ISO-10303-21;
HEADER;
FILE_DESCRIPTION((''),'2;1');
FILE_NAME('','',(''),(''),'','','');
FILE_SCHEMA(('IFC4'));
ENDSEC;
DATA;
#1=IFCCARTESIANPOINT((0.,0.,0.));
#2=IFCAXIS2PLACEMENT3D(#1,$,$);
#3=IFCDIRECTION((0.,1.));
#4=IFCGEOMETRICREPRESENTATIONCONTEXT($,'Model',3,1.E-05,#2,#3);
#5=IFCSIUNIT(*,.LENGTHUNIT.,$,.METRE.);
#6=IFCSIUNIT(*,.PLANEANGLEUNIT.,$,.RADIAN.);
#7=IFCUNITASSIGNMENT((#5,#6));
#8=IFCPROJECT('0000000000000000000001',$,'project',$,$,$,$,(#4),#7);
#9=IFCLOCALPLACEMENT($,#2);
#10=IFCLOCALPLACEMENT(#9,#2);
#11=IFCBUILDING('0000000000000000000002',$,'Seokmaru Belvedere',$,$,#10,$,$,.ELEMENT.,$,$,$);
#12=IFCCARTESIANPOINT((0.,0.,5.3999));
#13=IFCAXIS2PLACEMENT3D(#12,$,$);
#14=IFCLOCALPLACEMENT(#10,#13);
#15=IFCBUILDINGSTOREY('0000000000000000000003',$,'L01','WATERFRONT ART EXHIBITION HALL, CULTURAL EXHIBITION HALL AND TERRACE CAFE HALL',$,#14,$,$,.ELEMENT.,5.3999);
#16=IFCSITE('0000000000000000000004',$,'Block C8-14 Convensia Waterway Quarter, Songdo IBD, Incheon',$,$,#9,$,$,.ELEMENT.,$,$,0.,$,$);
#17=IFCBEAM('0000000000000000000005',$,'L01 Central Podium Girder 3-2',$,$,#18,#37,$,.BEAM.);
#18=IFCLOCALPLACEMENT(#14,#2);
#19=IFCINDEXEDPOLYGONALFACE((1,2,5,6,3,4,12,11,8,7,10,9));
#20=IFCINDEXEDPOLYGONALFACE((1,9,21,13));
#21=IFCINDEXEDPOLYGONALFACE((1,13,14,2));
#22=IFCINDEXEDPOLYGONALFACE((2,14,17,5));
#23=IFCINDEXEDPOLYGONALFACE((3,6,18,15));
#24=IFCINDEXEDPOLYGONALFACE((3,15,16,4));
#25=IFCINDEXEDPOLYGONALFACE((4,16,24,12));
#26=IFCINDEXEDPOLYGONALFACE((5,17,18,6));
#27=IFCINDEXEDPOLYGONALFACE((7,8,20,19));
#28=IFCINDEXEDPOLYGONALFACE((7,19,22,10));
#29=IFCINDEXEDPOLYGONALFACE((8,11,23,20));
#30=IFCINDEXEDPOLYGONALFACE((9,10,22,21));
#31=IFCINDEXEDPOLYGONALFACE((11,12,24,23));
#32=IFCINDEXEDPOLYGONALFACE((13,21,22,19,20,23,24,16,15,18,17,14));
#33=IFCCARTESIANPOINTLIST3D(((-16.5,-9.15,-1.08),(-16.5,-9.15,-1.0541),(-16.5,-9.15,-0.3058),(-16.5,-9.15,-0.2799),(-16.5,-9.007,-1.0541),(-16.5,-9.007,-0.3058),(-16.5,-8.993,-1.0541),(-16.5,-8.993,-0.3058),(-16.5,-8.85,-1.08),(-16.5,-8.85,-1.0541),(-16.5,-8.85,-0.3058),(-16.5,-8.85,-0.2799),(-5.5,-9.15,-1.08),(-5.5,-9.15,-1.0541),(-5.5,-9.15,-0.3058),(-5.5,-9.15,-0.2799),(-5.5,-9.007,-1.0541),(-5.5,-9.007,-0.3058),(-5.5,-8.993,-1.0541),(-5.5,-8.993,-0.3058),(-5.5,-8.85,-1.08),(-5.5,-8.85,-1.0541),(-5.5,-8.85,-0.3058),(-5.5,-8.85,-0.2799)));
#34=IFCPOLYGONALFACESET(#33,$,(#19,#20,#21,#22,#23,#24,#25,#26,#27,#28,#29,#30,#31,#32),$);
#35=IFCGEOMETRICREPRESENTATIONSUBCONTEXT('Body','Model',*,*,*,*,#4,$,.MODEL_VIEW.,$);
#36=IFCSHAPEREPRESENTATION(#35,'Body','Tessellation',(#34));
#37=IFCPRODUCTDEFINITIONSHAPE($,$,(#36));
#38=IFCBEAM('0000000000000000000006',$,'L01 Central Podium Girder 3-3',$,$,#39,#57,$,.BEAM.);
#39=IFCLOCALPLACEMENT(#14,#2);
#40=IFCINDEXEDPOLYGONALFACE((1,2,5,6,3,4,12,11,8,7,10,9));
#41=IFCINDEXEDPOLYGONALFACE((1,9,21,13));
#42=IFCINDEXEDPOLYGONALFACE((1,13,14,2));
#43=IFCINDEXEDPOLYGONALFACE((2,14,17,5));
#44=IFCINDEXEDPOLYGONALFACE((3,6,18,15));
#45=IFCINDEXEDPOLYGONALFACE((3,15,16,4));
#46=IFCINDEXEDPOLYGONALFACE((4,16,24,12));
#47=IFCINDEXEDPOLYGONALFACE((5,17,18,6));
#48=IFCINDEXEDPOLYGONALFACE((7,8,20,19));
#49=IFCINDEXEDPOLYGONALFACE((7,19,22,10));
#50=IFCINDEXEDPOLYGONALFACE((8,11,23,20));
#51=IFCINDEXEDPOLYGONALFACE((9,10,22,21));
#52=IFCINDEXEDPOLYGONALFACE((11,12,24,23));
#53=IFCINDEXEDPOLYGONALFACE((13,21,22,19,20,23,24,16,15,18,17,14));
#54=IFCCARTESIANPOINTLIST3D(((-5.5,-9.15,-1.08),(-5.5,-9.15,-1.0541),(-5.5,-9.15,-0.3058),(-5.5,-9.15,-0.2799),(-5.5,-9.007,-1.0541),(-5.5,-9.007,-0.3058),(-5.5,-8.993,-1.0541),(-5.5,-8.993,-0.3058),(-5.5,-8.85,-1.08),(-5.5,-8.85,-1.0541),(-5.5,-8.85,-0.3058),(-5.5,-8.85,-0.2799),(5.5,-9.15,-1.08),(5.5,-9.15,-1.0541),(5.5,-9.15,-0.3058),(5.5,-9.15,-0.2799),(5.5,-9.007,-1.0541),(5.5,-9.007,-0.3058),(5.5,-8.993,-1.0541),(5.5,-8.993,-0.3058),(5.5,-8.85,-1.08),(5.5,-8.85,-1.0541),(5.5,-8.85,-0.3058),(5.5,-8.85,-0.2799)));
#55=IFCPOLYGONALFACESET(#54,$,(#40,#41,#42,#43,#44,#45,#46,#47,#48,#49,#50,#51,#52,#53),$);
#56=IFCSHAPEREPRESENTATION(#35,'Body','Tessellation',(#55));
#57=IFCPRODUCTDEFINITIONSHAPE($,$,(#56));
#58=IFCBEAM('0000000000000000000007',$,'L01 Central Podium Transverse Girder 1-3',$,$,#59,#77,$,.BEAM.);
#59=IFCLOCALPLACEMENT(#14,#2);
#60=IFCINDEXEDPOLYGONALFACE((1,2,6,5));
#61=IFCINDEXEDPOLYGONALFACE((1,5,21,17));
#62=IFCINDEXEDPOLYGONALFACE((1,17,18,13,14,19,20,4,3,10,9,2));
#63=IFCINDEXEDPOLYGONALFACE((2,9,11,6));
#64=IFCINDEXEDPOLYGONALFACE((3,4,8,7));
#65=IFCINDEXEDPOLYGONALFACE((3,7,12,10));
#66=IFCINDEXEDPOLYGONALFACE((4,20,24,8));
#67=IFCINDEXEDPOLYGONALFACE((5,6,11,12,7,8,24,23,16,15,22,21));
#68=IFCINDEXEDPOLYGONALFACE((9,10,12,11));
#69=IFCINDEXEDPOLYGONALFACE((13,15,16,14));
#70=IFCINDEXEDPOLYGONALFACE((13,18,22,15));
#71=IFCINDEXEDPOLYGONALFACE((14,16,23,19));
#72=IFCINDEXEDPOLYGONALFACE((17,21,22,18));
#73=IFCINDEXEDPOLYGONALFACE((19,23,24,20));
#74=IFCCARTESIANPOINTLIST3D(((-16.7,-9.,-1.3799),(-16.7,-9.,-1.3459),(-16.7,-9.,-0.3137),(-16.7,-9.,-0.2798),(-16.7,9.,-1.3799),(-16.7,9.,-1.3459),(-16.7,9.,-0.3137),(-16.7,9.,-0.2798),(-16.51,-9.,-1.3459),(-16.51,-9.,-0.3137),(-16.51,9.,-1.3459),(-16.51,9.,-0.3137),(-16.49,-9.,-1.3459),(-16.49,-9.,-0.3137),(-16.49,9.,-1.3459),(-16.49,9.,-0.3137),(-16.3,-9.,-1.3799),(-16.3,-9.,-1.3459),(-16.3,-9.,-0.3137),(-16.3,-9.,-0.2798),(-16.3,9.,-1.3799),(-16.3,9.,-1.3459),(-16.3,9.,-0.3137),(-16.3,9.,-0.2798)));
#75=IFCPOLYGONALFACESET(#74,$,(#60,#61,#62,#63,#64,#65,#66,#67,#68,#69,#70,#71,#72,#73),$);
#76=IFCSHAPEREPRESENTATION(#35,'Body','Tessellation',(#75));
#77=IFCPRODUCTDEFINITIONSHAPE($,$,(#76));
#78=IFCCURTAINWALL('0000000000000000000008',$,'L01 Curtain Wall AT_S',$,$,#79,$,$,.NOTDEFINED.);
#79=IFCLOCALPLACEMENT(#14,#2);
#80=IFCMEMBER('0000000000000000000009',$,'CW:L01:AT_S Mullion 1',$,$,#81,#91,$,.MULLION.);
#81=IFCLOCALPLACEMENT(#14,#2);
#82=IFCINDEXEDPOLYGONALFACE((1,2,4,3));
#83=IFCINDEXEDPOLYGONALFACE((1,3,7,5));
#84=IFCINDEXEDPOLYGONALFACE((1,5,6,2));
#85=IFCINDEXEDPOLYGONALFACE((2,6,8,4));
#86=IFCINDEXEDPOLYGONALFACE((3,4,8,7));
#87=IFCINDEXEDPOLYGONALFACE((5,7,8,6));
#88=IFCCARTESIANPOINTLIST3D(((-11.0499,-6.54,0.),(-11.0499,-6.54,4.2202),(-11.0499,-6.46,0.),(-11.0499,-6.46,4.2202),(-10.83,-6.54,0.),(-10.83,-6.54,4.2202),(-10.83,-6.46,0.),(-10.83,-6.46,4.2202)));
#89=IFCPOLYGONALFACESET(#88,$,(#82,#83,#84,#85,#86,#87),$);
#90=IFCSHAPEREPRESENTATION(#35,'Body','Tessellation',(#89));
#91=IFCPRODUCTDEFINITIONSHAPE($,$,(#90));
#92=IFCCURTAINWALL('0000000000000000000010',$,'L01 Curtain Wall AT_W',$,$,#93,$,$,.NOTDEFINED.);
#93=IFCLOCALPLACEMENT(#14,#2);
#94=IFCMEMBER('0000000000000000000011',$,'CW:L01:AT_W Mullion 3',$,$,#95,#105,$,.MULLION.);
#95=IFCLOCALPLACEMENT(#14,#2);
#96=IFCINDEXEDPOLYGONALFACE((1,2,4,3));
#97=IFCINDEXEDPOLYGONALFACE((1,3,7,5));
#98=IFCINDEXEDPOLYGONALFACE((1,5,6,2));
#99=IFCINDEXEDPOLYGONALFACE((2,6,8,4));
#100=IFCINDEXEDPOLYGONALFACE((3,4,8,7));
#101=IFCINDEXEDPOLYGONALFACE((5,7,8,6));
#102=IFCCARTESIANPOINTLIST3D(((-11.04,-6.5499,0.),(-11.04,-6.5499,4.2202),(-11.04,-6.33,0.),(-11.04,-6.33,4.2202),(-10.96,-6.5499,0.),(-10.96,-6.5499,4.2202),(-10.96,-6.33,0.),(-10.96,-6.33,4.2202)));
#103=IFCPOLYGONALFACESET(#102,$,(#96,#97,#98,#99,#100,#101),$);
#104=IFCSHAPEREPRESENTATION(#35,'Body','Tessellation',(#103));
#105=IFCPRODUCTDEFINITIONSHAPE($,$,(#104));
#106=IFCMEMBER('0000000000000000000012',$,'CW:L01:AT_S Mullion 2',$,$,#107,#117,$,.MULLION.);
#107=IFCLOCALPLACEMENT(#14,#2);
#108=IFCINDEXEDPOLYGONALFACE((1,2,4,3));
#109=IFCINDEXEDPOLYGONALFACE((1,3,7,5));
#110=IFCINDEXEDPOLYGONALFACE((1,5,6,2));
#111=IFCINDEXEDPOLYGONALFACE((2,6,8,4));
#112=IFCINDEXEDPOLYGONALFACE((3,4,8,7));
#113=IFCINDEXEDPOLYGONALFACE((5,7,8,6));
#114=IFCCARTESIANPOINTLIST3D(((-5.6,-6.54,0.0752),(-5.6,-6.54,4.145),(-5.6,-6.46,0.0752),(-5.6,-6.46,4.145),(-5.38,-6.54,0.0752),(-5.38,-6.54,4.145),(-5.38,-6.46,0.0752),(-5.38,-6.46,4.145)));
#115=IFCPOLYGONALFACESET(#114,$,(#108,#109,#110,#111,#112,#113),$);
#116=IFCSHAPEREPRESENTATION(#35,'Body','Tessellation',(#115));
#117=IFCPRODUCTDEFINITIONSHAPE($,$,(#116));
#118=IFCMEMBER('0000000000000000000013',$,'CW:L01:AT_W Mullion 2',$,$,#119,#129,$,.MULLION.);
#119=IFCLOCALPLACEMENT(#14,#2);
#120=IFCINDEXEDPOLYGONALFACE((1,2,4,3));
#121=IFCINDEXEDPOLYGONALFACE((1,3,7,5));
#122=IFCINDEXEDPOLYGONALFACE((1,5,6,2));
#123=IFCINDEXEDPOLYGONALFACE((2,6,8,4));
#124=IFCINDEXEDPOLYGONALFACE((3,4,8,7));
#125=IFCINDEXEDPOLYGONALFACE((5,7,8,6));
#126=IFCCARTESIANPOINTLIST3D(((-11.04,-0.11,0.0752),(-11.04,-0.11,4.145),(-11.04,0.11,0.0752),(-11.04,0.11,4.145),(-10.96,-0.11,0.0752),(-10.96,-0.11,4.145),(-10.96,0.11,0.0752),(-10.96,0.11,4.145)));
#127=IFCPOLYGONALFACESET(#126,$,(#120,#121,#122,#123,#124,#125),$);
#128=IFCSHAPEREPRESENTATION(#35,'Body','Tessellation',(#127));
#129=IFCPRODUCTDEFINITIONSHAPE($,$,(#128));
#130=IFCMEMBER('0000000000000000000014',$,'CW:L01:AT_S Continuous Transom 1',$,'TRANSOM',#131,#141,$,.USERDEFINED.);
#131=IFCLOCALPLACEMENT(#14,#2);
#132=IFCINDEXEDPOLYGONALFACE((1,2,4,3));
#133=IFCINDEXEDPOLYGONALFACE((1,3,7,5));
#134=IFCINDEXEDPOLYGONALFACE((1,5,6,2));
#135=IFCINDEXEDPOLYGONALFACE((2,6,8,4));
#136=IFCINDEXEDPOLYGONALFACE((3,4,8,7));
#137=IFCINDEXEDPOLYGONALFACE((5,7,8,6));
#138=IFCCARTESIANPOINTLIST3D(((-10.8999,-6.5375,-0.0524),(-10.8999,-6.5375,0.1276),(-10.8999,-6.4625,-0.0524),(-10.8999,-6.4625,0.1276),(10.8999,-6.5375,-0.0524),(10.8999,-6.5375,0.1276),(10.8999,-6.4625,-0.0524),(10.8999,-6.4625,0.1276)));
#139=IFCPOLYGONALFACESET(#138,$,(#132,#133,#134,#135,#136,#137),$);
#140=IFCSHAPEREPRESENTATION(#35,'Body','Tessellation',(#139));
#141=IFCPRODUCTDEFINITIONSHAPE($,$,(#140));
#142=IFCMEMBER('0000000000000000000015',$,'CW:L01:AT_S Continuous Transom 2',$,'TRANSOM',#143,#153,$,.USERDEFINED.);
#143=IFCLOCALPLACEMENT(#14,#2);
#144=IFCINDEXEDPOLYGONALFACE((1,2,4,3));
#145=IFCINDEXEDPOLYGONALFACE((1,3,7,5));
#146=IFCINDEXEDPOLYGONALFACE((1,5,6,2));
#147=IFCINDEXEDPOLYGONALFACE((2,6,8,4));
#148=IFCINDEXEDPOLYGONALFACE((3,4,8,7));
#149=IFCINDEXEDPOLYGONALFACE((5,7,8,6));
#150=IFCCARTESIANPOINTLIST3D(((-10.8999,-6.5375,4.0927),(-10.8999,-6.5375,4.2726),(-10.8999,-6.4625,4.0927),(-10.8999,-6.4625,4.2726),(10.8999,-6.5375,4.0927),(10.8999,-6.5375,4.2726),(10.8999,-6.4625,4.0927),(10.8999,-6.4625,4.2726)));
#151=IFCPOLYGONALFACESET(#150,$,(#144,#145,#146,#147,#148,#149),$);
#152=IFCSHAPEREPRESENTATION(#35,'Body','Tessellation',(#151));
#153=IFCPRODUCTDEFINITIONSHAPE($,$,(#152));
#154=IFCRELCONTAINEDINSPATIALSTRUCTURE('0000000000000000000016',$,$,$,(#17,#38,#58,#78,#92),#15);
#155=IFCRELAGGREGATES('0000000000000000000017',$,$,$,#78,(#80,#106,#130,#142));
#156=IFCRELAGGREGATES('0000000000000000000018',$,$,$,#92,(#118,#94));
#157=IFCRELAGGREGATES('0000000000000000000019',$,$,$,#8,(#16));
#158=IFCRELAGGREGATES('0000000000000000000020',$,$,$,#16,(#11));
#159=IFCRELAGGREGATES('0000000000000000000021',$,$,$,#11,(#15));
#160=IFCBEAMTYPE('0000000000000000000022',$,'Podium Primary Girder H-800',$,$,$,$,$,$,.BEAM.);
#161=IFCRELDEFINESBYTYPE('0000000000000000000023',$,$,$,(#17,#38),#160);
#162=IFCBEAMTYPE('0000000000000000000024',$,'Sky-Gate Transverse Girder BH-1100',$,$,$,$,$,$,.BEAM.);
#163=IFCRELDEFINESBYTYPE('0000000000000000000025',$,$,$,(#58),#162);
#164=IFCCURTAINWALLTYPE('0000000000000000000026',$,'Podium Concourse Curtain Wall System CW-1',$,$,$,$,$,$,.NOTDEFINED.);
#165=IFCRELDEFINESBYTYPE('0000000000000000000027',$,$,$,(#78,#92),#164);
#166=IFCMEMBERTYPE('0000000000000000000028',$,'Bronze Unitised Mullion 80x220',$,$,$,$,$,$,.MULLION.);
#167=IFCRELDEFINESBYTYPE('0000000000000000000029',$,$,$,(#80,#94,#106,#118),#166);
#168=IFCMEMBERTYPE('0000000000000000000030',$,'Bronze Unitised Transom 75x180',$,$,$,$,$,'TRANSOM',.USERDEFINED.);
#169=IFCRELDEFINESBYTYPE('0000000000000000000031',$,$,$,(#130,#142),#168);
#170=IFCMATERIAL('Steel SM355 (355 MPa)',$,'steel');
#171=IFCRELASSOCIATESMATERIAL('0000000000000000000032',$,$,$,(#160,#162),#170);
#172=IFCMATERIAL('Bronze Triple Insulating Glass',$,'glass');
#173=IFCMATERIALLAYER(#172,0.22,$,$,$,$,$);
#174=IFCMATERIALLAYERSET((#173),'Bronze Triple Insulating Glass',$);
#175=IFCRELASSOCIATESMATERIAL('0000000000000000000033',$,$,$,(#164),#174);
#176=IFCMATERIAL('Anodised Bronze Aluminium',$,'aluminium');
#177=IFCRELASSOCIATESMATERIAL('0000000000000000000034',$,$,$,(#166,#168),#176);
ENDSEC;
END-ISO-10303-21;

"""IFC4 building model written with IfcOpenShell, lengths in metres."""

from ifc_helpers import new_model, si_unit, direction, frame, origin, origin_2d, place, context, subcontext, project, spatial, rectangle, i_section, extrude, source, transform, mapped, material, layer, layer_set, material_profile, profile_set, type_object, type_shapes, element, aggregate, save


model = new_model("IFC4")

# Units and contexts
model_context = context("Model", 3, precision=1e-05, world=origin(), true_north=direction((0.0, 1.0)))
body_context = subcontext(model_context, "Body", "Model", "MODEL_VIEW")
ifc_project = project(units=[si_unit("LENGTHUNIT", "METRE"), si_unit("PLANEANGLEUNIT", "RADIAN")], contexts=[model_context])

# Site, building, storey
site_placement = place(None, origin())
site = spatial("IfcSite", under=ifc_project, at=site_placement, Name="Block C8-14 Convensia Waterway Quarter, Songdo IBD, Incheon", CompositionType="ELEMENT", RefElevation=0.0)
building_placement = place(site_placement, origin())
building = spatial("IfcBuilding", under=site, at=building_placement, Name="Seokmaru Belvedere", CompositionType="ELEMENT")
storey_placement = place(building_placement, frame((0.0, 0.0, 5.3999)))
storey = spatial("IfcBuildingStorey", under=building, at=storey_placement, Name="L01", Description="WATERFRONT ART EXHIBITION HALL, CULTURAL EXHIBITION HALL AND TERRACE CAFE HALL", CompositionType="ELEMENT", Elevation=5.3999)

# Shared definitions
ifc_material_1 = material(Name="Steel SM355 (355 MPa)", Category="steel")

# Beams
ifc_material_profile_1 = material_profile(ifc_material_1, i_section(OverallWidth=0.3, OverallDepth=0.8, WebThickness=0.0139, FlangeThickness=0.0259, at=origin_2d()), Name="H-800x300x14x26")
ifc_profile_set_1 = profile_set([ifc_material_profile_1], Name="Steel SM355 (355 MPa)")
beam_type_1 = type_object("IfcBeamType", Name="Podium Primary Girder H-800", PredefinedType="BEAM", material=ifc_profile_set_1)
shared_shape_1 = source(origin(), body_context, "Body", "SweptSolid", [
    extrude(i_section(OverallWidth=0.3, OverallDepth=0.8, WebThickness=0.0139, FlangeThickness=0.0259, at=origin_2d()), origin(), (0.0, 0.0, 1.0), 11.0),
])
type_shapes(beam_type_1, [shared_shape_1])
for number, where, z_axis, x_axis, name in (
    (1, (-16.5, -9.0, -0.6799), (1.0, 0.0, 0.0), (0.0, 1.0, 0.0), "L01 Central Podium Girder 3-2"),
    (2, (-5.5, -9.0, -0.6799), (1.0, 0.0, 0.0), (0.0, 1.0, 0.0), "L01 Central Podium Girder 3-3"),
):
    element("IfcBeam", number, at=place(storey_placement, frame(where, z_axis=z_axis, x_axis=x_axis)), inside=storey, type_object=beam_type_1, Name=name, PredefinedType="BEAM", context=body_context, shape_type="MappedRepresentation", body=[
        mapped(shared_shape_1, transform((0.0, 0.0, 0.0), scale=1.0)),
    ])
ifc_material_profile_2 = material_profile(ifc_material_1, i_section(OverallWidth=0.3999, OverallDepth=1.1001, WebThickness=0.02, FlangeThickness=0.0339, at=origin_2d()), Name="BH-1100x400x20x34")
ifc_profile_set_2 = profile_set([ifc_material_profile_2], Name="Steel SM355 (355 MPa)")
beam_type_2 = type_object("IfcBeamType", Name="Sky-Gate Transverse Girder BH-1100", PredefinedType="BEAM", material=ifc_profile_set_2)
shared_shape_2 = source(origin(), body_context, "Body", "SweptSolid", [
    extrude(i_section(OverallWidth=0.3999, OverallDepth=1.1001, WebThickness=0.02, FlangeThickness=0.0339, at=origin_2d()), origin(), (0.0, 0.0, 1.0), 18.0),
])
type_shapes(beam_type_2, [shared_shape_2])
beam_1_placement = place(storey_placement, frame((-16.5, -9.0, -0.8298), z_axis=(0.0, 1.0, 0.0), x_axis=(-1.0, 0.0, 0.0)))
element("IfcBeam", 3, at=beam_1_placement, inside=storey, type_object=beam_type_2, Name="L01 Central Podium Transverse Girder 1-3", PredefinedType="BEAM", context=body_context, shape_type="MappedRepresentation", body=[
    mapped(shared_shape_2, transform((0.0, 0.0, 0.0), scale=1.0)),
])

# Curtain walls, members
ifc_material_2 = material(Name="Bronze Triple Insulating Glass", Category="glass")
ifc_layer_1 = layer(ifc_material_2, 0.22)
ifc_layer_set_1 = layer_set([ifc_layer_1], Name="Bronze Triple Insulating Glass")
curtain_wall_type = type_object("IfcCurtainWallType", Name="Podium Concourse Curtain Wall System CW-1", PredefinedType="NOTDEFINED", material=ifc_layer_set_1)
curtain_wall_1_placement = place(storey_placement, origin())
curtain_wall_1 = element("IfcCurtainWall", 4, at=curtain_wall_1_placement, inside=storey, type_object=curtain_wall_type, Name="L01 Curtain Wall AT_S", PredefinedType="NOTDEFINED")
ifc_material_3 = material(Name="Anodised Bronze Aluminium", Category="aluminium")
ifc_material_profile_3 = material_profile(ifc_material_3, rectangle(XDim=0.0801, YDim=0.22, at=origin_2d()), Name="CW-M-80x220")
ifc_profile_set_3 = profile_set([ifc_material_profile_3], Name="Anodised Bronze Aluminium")
member_type_1 = type_object("IfcMemberType", Name="Bronze Unitised Mullion 80x220", PredefinedType="MULLION", material=ifc_profile_set_3)
shared_shape_3 = source(origin(), body_context, "Body", "SweptSolid", [
    extrude(rectangle(XDim=0.0801, YDim=0.22, at=origin_2d()), origin(), (0.0, 0.0, 1.0), 4.2202),
])
member_1_placement = place(storey_placement, frame((-10.9399, -6.5, 0.0), z_axis=(0.0, 0.0, 1.0), x_axis=(0.0, 1.0, 0.0)))
member_1 = element("IfcMember", 5, at=member_1_placement, type_object=member_type_1, Name="CW:L01:AT_S Mullion 1", PredefinedType="MULLION", context=body_context, shape_type="MappedRepresentation", body=[
    mapped(shared_shape_3, transform((0.0, 0.0, 0.0), scale=1.0)),
])
curtain_wall_2_placement = place(storey_placement, origin())
curtain_wall_2 = element("IfcCurtainWall", 6, at=curtain_wall_2_placement, inside=storey, type_object=curtain_wall_type, Name="L01 Curtain Wall AT_W", PredefinedType="NOTDEFINED")
member_2_placement = place(storey_placement, frame((-11.0, -6.4399, 0.0), z_axis=(0.0, 0.0, 1.0), x_axis=(1.0, 0.0, 0.0)))
member_2 = element("IfcMember", 7, at=member_2_placement, type_object=member_type_1, Name="CW:L01:AT_W Mullion 3", PredefinedType="MULLION", context=body_context, shape_type="MappedRepresentation", body=[
    mapped(shared_shape_3, transform((0.0, 0.0, 0.0), scale=1.0)),
])

# Members
shared_shape_4 = source(origin(), body_context, "Body", "SweptSolid", [
    extrude(rectangle(XDim=0.0801, YDim=0.22, at=origin_2d()), origin(), (0.0, 0.0, 1.0), 4.0698),
])
type_shapes(member_type_1, [shared_shape_3, shared_shape_4])
member_3_placement = place(storey_placement, frame((-5.49, -6.5, 0.0752), z_axis=(0.0, 0.0, 1.0), x_axis=(0.0, 1.0, 0.0)))
member_3 = element("IfcMember", 8, at=member_3_placement, type_object=member_type_1, Name="CW:L01:AT_S Mullion 2", PredefinedType="MULLION", context=body_context, shape_type="MappedRepresentation", body=[
    mapped(shared_shape_4, transform((0.0, 0.0, 0.0), scale=1.0)),
])
member_4_placement = place(storey_placement, frame((-11.0, 0.0, 0.0752), z_axis=(0.0, 0.0, 1.0), x_axis=(1.0, 0.0, 0.0)))
member_4 = element("IfcMember", 9, at=member_4_placement, type_object=member_type_1, Name="CW:L01:AT_W Mullion 2", PredefinedType="MULLION", context=body_context, shape_type="MappedRepresentation", body=[
    mapped(shared_shape_4, transform((0.0, 0.0, 0.0), scale=1.0)),
])
ifc_material_profile_4 = material_profile(ifc_material_3, rectangle(XDim=0.075, YDim=0.1799, at=origin_2d()), Name="CW-T-75x180")
ifc_profile_set_4 = profile_set([ifc_material_profile_4], Name="Anodised Bronze Aluminium")
member_type_2 = type_object("IfcMemberType", Name="Bronze Unitised Transom 75x180", ElementType="TRANSOM", PredefinedType="USERDEFINED", material=ifc_profile_set_4)
shared_shape_5 = source(origin(), body_context, "Body", "SweptSolid", [
    extrude(rectangle(XDim=0.075, YDim=0.1799, at=origin_2d()), origin(), (0.0, 0.0, 1.0), 21.7998),
])
type_shapes(member_type_2, [shared_shape_5])
member_5_placement = place(storey_placement, frame((-10.8999, -6.5, 0.0376), z_axis=(1.0, 0.0, 0.0), x_axis=(0.0, 1.0, 0.0)))
member_5 = element("IfcMember", 10, at=member_5_placement, type_object=member_type_2, Name="CW:L01:AT_S Continuous Transom 1", ObjectType="TRANSOM", PredefinedType="USERDEFINED", context=body_context, shape_type="MappedRepresentation", body=[
    mapped(shared_shape_5, transform((0.0, 0.0, 0.0), scale=1.0)),
])
member_6_placement = place(storey_placement, frame((-10.8999, -6.5, 4.1826), z_axis=(1.0, 0.0, 0.0), x_axis=(0.0, 1.0, 0.0)))
member_6 = element("IfcMember", 11, at=member_6_placement, type_object=member_type_2, Name="CW:L01:AT_S Continuous Transom 2", ObjectType="TRANSOM", PredefinedType="USERDEFINED", context=body_context, shape_type="MappedRepresentation", body=[
    mapped(shared_shape_5, transform((0.0, 0.0, 0.0), scale=1.0)),
])

aggregate(curtain_wall_1, [member_1, member_3, member_5, member_6])
aggregate(curtain_wall_2, [member_4, member_2])

save(model, "model.ifc")
